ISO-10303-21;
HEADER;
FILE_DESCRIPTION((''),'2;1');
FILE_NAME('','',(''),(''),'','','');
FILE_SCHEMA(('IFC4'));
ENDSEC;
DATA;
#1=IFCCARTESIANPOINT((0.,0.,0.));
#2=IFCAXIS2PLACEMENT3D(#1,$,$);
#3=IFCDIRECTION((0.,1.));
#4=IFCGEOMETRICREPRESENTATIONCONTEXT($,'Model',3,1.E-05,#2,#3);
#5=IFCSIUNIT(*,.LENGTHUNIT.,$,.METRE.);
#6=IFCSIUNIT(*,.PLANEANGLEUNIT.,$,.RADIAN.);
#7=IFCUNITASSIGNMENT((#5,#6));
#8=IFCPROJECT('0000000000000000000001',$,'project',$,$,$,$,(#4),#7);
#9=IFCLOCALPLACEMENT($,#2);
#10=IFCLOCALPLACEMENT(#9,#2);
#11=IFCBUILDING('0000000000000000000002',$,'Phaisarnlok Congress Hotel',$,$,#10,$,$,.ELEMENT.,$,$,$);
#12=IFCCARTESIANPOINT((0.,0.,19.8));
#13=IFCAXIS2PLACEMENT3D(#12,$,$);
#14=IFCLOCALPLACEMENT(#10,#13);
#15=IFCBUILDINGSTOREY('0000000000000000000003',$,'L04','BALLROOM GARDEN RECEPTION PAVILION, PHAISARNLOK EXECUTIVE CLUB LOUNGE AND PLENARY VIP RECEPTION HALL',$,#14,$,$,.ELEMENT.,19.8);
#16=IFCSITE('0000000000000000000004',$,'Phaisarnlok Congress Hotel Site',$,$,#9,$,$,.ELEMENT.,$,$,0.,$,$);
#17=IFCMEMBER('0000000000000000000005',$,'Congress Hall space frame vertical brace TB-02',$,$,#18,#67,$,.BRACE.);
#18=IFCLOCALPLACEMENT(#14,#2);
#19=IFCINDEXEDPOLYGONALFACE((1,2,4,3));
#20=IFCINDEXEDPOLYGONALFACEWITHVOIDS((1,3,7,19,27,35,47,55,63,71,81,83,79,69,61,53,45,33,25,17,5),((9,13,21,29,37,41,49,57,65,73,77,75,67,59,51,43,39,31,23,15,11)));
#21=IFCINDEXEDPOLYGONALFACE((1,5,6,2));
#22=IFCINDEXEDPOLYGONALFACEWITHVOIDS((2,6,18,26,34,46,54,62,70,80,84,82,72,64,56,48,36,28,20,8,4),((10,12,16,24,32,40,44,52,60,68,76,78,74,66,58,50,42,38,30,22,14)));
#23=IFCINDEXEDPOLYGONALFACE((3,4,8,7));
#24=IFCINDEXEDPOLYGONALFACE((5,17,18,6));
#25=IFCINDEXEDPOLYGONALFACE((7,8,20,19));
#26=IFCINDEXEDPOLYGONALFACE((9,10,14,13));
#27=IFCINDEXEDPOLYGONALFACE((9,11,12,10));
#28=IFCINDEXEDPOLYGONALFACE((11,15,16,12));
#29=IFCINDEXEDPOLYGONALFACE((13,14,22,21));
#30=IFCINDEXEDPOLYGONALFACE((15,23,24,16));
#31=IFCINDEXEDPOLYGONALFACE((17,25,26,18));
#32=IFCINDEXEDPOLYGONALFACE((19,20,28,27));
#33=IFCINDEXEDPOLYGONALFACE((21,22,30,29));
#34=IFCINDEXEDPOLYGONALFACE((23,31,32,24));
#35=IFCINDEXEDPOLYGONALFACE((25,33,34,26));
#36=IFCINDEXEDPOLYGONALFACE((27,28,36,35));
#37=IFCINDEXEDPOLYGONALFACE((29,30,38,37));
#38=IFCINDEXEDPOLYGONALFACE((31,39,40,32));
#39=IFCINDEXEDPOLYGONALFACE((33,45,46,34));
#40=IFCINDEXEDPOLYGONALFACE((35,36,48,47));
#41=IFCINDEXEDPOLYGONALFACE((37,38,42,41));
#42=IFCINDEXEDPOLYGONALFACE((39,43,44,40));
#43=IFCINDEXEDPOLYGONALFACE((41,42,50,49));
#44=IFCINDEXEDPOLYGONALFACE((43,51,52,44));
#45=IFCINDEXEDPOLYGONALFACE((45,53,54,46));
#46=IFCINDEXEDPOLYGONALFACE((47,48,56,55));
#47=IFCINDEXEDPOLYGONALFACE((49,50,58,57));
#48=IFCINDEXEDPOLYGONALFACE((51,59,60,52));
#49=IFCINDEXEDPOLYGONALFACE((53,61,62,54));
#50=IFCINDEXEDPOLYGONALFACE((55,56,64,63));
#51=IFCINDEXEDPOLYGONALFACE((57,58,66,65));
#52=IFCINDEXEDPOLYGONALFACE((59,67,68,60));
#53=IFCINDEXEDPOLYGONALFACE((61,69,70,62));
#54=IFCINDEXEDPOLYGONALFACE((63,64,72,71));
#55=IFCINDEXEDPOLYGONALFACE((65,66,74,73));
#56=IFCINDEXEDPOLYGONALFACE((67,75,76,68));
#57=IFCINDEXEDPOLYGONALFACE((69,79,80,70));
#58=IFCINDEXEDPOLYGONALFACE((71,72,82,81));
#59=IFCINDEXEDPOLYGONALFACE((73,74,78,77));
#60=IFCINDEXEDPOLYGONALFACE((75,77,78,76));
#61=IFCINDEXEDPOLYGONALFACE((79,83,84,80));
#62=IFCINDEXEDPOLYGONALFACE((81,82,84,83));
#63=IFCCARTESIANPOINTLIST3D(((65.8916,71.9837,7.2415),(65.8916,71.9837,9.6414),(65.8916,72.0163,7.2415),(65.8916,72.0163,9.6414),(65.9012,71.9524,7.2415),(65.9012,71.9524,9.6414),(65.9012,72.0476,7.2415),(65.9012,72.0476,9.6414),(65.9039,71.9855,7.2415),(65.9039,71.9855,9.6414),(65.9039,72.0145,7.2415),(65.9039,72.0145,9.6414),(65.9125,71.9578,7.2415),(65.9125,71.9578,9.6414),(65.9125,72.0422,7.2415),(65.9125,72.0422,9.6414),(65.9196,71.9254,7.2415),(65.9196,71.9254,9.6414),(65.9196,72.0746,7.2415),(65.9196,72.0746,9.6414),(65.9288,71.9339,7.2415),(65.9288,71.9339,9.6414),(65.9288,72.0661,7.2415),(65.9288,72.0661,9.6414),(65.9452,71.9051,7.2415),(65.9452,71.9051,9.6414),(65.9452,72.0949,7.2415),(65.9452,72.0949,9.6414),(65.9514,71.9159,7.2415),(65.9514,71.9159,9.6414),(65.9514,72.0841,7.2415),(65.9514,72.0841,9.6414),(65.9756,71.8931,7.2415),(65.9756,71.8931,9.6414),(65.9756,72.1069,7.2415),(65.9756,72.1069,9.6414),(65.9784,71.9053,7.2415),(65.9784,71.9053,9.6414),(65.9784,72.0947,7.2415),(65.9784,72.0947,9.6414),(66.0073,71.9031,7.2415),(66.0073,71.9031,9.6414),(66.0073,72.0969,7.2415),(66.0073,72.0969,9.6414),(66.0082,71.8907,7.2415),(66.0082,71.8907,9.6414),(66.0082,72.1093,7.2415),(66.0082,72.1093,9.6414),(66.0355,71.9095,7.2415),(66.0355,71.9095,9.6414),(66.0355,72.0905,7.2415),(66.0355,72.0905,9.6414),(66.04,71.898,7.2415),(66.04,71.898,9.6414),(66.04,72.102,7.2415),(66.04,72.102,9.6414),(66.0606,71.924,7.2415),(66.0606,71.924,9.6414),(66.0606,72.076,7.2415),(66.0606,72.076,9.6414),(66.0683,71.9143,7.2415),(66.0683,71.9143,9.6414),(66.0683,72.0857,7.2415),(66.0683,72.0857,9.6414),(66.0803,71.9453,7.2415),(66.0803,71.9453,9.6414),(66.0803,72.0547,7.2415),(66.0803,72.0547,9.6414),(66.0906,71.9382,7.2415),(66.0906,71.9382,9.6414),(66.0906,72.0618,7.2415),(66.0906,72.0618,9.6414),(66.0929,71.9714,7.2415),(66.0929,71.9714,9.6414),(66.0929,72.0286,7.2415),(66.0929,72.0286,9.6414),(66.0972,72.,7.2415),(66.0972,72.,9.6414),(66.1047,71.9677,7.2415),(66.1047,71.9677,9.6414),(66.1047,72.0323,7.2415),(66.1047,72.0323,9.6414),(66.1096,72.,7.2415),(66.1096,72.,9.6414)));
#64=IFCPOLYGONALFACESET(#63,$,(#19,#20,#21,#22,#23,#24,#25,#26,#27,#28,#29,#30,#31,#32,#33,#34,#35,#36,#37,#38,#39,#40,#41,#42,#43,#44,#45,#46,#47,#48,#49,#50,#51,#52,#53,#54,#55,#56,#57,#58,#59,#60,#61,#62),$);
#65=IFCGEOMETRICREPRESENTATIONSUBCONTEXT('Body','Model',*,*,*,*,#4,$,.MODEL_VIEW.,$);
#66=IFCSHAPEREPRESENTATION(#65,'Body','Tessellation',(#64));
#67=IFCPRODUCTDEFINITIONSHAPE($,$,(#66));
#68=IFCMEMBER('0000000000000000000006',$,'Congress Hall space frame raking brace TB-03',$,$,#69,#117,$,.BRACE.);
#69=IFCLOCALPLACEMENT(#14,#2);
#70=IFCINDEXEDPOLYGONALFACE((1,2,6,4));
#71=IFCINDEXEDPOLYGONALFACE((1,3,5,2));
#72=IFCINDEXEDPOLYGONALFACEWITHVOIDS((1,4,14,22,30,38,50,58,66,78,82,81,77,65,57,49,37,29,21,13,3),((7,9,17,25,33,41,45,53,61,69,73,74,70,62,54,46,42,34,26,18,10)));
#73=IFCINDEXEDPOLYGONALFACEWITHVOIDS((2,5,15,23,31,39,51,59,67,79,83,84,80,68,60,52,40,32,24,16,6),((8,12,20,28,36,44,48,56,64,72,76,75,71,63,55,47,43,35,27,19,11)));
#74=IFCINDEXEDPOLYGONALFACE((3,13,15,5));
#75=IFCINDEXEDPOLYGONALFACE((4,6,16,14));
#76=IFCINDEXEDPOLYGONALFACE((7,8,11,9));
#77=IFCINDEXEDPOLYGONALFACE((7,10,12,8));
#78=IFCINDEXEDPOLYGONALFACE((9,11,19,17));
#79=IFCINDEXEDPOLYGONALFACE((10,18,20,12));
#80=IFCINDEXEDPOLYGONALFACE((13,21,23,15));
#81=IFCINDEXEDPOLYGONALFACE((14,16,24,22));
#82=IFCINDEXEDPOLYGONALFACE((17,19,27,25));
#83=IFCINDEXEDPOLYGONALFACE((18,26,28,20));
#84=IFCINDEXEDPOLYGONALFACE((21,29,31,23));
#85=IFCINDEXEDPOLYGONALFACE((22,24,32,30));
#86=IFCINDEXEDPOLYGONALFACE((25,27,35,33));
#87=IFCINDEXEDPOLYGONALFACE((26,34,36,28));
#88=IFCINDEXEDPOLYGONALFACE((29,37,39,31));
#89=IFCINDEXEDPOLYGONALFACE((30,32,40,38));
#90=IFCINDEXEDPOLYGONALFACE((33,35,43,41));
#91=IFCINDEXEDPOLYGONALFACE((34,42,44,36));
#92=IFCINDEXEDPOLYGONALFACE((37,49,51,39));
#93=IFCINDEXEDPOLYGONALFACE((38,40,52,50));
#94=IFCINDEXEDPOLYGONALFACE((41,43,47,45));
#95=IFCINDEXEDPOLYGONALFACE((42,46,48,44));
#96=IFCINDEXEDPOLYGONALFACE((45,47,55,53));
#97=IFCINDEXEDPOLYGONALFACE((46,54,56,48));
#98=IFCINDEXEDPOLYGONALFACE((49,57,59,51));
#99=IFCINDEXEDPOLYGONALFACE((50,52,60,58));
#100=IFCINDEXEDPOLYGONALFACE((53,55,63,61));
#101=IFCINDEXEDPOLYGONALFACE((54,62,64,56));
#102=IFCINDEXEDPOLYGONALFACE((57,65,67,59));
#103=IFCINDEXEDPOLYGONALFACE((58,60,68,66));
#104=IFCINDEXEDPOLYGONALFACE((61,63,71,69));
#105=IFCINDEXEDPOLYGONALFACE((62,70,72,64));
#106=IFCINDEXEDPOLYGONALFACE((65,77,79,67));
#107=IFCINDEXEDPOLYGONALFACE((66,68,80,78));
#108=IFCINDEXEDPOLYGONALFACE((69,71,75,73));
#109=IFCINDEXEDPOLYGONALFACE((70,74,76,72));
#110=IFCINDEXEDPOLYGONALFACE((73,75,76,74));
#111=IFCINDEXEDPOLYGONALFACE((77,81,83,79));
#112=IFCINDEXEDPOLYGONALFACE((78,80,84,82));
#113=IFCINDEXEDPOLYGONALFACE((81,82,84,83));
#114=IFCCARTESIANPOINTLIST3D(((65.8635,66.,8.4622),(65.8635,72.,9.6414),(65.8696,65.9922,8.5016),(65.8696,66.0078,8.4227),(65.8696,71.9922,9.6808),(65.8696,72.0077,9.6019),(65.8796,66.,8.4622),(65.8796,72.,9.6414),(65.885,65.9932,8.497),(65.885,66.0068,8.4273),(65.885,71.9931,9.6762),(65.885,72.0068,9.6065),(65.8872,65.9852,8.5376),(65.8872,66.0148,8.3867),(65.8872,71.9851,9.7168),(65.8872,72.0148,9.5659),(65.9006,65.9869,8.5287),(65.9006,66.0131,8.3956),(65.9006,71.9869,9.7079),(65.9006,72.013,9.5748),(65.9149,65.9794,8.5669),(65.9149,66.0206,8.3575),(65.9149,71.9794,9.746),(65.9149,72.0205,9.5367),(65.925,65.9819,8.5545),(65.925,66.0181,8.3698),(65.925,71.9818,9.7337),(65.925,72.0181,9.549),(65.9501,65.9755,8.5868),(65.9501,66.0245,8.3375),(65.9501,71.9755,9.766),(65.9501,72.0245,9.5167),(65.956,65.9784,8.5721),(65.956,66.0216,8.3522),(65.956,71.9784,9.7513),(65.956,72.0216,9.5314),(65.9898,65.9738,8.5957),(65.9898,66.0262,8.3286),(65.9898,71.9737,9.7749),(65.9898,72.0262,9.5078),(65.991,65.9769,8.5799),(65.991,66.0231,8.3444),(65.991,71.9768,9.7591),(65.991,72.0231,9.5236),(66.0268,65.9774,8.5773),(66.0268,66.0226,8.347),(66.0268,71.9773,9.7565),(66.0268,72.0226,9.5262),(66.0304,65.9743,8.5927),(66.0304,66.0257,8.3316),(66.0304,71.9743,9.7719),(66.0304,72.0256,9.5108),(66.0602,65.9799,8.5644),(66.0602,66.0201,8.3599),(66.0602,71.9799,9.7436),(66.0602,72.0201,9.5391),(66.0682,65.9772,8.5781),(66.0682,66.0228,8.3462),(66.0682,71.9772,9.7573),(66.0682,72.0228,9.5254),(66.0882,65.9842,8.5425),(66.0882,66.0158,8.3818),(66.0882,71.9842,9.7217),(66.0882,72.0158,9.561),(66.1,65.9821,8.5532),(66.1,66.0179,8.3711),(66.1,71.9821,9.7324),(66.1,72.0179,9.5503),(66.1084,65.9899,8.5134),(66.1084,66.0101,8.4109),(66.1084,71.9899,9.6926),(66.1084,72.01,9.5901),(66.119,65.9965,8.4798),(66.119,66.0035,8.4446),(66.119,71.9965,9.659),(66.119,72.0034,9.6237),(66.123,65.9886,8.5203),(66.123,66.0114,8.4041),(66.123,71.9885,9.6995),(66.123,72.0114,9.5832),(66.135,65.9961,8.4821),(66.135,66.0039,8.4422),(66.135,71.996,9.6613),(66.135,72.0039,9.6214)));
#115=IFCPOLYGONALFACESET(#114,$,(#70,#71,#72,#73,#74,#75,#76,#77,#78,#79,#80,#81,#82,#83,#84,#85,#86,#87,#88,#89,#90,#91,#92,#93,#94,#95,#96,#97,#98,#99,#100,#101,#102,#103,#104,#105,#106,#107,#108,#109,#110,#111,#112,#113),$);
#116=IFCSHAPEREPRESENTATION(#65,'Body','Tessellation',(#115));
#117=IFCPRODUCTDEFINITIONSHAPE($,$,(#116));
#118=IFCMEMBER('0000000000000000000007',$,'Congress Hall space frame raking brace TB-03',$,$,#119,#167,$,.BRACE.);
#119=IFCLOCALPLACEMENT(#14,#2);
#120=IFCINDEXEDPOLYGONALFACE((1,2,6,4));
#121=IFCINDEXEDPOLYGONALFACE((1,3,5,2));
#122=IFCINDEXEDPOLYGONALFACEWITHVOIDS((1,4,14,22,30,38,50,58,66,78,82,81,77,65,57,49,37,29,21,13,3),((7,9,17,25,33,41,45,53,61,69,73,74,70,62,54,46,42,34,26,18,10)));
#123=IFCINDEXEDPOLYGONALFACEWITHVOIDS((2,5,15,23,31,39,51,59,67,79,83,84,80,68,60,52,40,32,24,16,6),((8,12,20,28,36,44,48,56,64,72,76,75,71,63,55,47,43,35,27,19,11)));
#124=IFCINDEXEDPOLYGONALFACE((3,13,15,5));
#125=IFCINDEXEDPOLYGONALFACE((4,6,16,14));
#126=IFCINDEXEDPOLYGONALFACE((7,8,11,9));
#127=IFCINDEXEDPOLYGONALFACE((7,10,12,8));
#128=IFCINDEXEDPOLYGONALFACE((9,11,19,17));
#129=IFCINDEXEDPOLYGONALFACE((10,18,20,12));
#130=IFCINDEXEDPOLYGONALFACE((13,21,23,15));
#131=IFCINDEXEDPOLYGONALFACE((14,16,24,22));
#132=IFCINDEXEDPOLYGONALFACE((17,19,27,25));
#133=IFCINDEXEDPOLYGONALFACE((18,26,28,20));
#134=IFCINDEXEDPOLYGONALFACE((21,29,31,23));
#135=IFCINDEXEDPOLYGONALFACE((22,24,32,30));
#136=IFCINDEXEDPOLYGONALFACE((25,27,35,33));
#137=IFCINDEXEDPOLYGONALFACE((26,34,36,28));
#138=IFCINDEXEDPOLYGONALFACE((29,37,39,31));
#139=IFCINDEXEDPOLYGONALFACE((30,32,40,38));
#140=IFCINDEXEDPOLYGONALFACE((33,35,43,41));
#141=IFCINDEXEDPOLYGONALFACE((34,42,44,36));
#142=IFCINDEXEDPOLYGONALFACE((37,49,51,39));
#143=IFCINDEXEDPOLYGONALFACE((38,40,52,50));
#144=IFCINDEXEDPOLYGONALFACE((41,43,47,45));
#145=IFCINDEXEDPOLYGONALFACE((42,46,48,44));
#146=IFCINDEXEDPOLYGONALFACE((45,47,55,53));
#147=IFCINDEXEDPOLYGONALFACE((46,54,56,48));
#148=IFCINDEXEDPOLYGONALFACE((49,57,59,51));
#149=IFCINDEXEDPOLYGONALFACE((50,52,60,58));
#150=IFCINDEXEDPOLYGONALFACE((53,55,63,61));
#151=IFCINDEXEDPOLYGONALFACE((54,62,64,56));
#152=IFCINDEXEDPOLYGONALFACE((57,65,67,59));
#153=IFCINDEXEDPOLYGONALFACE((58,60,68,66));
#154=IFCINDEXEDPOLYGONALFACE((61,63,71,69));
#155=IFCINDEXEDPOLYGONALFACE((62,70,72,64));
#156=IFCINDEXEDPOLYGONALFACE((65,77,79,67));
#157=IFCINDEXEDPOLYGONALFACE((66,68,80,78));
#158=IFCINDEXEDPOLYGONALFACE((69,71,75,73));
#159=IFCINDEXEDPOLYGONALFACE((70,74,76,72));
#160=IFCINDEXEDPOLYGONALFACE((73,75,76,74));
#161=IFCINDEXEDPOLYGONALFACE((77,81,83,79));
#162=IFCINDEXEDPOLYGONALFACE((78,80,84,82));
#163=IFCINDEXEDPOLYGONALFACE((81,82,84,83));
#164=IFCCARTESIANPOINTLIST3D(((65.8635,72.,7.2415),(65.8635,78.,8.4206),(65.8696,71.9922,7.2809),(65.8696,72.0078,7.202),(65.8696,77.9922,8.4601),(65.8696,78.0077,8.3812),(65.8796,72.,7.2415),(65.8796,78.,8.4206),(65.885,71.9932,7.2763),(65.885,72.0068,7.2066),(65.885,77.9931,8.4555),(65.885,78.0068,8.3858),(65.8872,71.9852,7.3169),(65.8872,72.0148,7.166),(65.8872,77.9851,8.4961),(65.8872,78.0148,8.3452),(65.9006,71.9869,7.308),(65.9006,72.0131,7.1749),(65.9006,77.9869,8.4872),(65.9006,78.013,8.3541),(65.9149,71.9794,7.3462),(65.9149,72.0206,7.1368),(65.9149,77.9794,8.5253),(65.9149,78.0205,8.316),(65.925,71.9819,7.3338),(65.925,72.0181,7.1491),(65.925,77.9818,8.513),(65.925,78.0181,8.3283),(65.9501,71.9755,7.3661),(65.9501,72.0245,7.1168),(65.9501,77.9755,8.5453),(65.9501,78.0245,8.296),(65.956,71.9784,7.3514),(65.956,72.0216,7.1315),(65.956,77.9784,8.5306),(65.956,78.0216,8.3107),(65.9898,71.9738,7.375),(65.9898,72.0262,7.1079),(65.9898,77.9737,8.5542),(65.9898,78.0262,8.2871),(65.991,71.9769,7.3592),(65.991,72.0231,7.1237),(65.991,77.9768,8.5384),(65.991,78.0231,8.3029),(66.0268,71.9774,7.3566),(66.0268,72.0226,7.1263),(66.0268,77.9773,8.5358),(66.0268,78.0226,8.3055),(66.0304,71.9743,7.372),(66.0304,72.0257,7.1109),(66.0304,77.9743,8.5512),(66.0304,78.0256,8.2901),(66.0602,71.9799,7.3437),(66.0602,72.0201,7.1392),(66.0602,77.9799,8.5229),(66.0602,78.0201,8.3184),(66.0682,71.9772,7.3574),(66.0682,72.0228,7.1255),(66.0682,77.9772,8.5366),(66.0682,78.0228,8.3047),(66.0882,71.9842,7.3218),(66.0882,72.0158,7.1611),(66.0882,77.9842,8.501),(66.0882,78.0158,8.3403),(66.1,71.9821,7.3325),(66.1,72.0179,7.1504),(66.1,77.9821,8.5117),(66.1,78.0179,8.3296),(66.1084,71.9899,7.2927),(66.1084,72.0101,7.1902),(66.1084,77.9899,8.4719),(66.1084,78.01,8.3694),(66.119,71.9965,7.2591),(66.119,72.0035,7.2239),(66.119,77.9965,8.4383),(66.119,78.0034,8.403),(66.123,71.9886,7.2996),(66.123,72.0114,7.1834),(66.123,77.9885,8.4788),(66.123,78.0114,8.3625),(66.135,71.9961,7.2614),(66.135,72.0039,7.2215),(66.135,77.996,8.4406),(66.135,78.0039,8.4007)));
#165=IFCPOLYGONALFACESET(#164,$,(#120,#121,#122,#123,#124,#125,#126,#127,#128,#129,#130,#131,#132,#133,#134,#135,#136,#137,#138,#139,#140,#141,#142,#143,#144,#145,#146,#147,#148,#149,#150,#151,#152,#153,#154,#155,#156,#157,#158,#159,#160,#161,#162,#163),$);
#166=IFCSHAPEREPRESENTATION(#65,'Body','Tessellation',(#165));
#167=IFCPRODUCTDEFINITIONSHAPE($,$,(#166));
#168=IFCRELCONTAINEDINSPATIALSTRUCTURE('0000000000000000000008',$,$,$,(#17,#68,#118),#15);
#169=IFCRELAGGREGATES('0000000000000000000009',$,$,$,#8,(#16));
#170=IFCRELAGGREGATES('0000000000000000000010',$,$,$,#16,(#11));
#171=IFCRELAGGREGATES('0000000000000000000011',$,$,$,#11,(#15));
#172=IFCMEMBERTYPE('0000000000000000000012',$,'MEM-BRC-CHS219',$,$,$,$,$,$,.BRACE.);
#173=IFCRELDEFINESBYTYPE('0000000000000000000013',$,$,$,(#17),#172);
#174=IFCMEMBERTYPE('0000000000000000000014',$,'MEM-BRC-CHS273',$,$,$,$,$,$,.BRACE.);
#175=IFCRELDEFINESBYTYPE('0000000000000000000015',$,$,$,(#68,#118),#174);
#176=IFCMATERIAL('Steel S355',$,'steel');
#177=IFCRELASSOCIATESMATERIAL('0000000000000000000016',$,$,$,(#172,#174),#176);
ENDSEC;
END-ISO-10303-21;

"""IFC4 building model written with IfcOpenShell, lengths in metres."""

from ifc_helpers import new_model, si_unit, direction, frame, origin, origin_2d, place, context, subcontext, project, spatial, hollow_circle, extrude, material, material_profile, profile_set, type_object, element, save


model = new_model("IFC4")

# Units and contexts
model_context = context("Model", 3, precision=1e-05, world=origin(), true_north=direction((0.0, 1.0)))
body_context = subcontext(model_context, "Body", "Model", "MODEL_VIEW")
ifc_project = project(units=[si_unit("LENGTHUNIT", "METRE"), si_unit("PLANEANGLEUNIT", "RADIAN")], contexts=[model_context])

# Site, building, storey
site_placement = place(None, origin())
site = spatial("IfcSite", under=ifc_project, at=site_placement, Name="Phaisarnlok Congress Hotel Site", CompositionType="ELEMENT", RefElevation=0.0)
building_placement = place(site_placement, origin())
building = spatial("IfcBuilding", under=site, at=building_placement, Name="Phaisarnlok Congress Hotel", CompositionType="ELEMENT")
storey_placement = place(building_placement, frame((0.0, 0.0, 19.8)))
storey = spatial("IfcBuildingStorey", under=building, at=storey_placement, Name="L04", Description="BALLROOM GARDEN RECEPTION PAVILION, PHAISARNLOK EXECUTIVE CLUB LOUNGE AND PLENARY VIP RECEPTION HALL", CompositionType="ELEMENT", Elevation=19.8)

# Shared definitions
ifc_material_1 = material(Name="Steel S355", Category="steel")

# Members
ifc_material_profile_1 = material_profile(ifc_material_1, hollow_circle(Radius=0.1096, WallThickness=0.0125, at=origin_2d()), Name="CHS 219.1x12.5")
ifc_profile_set_1 = profile_set([ifc_material_profile_1], Name="Steel S355")
member_type_1 = type_object("IfcMemberType", Name="MEM-BRC-CHS219", PredefinedType="BRACE", material=ifc_profile_set_1)
for number, where, z_axis, x_axis, name in (
    (1, (66.0, 72.0, 7.2415), (0.0, 0.0, 1.0), (1.0, 0.0, 0.0), "Congress Hall space frame vertical brace TB-02"),
):
    element("IfcMember", number, at=place(storey_placement, frame(where, z_axis=z_axis, x_axis=x_axis)), inside=storey, type_object=member_type_1, Name=name, PredefinedType="BRACE", context=body_context, shape_type="SweptSolid", body=[
        extrude(hollow_circle(Radius=0.1096, WallThickness=0.0125, at=origin_2d()), origin(), (0.0, 0.0, 1.0), 2.3999),
    ])
ifc_material_profile_2 = material_profile(ifc_material_1, hollow_circle(Radius=0.1365, WallThickness=0.0161, at=origin_2d()), Name="CHS 273x16")
ifc_profile_set_2 = profile_set([ifc_material_profile_2], Name="Steel S355")
member_type_2 = type_object("IfcMemberType", Name="MEM-BRC-CHS273", PredefinedType="BRACE", material=ifc_profile_set_2)
for number, where, z_axis, x_axis, name in (
    (2, (66.0, 66.0, 8.4622), (0.0, 0.981229, 0.192844), (-1.0, 0.0, 0.0), "Congress Hall space frame raking brace TB-03"),
    (3, (66.0, 72.0, 7.2415), (0.0, 0.981229, 0.192844), (-1.0, 0.0, 0.0), "Congress Hall space frame raking brace TB-03"),
):
    element("IfcMember", number, at=place(storey_placement, frame(where, z_axis=z_axis, x_axis=x_axis)), inside=storey, type_object=member_type_2, Name=name, PredefinedType="BRACE", context=body_context, shape_type="SweptSolid", body=[
        extrude(hollow_circle(Radius=0.1365, WallThickness=0.0161, at=origin_2d()), origin(), (0.0, 0.0, 1.0), 6.1147),
    ])

save(model, "model.ifc")
